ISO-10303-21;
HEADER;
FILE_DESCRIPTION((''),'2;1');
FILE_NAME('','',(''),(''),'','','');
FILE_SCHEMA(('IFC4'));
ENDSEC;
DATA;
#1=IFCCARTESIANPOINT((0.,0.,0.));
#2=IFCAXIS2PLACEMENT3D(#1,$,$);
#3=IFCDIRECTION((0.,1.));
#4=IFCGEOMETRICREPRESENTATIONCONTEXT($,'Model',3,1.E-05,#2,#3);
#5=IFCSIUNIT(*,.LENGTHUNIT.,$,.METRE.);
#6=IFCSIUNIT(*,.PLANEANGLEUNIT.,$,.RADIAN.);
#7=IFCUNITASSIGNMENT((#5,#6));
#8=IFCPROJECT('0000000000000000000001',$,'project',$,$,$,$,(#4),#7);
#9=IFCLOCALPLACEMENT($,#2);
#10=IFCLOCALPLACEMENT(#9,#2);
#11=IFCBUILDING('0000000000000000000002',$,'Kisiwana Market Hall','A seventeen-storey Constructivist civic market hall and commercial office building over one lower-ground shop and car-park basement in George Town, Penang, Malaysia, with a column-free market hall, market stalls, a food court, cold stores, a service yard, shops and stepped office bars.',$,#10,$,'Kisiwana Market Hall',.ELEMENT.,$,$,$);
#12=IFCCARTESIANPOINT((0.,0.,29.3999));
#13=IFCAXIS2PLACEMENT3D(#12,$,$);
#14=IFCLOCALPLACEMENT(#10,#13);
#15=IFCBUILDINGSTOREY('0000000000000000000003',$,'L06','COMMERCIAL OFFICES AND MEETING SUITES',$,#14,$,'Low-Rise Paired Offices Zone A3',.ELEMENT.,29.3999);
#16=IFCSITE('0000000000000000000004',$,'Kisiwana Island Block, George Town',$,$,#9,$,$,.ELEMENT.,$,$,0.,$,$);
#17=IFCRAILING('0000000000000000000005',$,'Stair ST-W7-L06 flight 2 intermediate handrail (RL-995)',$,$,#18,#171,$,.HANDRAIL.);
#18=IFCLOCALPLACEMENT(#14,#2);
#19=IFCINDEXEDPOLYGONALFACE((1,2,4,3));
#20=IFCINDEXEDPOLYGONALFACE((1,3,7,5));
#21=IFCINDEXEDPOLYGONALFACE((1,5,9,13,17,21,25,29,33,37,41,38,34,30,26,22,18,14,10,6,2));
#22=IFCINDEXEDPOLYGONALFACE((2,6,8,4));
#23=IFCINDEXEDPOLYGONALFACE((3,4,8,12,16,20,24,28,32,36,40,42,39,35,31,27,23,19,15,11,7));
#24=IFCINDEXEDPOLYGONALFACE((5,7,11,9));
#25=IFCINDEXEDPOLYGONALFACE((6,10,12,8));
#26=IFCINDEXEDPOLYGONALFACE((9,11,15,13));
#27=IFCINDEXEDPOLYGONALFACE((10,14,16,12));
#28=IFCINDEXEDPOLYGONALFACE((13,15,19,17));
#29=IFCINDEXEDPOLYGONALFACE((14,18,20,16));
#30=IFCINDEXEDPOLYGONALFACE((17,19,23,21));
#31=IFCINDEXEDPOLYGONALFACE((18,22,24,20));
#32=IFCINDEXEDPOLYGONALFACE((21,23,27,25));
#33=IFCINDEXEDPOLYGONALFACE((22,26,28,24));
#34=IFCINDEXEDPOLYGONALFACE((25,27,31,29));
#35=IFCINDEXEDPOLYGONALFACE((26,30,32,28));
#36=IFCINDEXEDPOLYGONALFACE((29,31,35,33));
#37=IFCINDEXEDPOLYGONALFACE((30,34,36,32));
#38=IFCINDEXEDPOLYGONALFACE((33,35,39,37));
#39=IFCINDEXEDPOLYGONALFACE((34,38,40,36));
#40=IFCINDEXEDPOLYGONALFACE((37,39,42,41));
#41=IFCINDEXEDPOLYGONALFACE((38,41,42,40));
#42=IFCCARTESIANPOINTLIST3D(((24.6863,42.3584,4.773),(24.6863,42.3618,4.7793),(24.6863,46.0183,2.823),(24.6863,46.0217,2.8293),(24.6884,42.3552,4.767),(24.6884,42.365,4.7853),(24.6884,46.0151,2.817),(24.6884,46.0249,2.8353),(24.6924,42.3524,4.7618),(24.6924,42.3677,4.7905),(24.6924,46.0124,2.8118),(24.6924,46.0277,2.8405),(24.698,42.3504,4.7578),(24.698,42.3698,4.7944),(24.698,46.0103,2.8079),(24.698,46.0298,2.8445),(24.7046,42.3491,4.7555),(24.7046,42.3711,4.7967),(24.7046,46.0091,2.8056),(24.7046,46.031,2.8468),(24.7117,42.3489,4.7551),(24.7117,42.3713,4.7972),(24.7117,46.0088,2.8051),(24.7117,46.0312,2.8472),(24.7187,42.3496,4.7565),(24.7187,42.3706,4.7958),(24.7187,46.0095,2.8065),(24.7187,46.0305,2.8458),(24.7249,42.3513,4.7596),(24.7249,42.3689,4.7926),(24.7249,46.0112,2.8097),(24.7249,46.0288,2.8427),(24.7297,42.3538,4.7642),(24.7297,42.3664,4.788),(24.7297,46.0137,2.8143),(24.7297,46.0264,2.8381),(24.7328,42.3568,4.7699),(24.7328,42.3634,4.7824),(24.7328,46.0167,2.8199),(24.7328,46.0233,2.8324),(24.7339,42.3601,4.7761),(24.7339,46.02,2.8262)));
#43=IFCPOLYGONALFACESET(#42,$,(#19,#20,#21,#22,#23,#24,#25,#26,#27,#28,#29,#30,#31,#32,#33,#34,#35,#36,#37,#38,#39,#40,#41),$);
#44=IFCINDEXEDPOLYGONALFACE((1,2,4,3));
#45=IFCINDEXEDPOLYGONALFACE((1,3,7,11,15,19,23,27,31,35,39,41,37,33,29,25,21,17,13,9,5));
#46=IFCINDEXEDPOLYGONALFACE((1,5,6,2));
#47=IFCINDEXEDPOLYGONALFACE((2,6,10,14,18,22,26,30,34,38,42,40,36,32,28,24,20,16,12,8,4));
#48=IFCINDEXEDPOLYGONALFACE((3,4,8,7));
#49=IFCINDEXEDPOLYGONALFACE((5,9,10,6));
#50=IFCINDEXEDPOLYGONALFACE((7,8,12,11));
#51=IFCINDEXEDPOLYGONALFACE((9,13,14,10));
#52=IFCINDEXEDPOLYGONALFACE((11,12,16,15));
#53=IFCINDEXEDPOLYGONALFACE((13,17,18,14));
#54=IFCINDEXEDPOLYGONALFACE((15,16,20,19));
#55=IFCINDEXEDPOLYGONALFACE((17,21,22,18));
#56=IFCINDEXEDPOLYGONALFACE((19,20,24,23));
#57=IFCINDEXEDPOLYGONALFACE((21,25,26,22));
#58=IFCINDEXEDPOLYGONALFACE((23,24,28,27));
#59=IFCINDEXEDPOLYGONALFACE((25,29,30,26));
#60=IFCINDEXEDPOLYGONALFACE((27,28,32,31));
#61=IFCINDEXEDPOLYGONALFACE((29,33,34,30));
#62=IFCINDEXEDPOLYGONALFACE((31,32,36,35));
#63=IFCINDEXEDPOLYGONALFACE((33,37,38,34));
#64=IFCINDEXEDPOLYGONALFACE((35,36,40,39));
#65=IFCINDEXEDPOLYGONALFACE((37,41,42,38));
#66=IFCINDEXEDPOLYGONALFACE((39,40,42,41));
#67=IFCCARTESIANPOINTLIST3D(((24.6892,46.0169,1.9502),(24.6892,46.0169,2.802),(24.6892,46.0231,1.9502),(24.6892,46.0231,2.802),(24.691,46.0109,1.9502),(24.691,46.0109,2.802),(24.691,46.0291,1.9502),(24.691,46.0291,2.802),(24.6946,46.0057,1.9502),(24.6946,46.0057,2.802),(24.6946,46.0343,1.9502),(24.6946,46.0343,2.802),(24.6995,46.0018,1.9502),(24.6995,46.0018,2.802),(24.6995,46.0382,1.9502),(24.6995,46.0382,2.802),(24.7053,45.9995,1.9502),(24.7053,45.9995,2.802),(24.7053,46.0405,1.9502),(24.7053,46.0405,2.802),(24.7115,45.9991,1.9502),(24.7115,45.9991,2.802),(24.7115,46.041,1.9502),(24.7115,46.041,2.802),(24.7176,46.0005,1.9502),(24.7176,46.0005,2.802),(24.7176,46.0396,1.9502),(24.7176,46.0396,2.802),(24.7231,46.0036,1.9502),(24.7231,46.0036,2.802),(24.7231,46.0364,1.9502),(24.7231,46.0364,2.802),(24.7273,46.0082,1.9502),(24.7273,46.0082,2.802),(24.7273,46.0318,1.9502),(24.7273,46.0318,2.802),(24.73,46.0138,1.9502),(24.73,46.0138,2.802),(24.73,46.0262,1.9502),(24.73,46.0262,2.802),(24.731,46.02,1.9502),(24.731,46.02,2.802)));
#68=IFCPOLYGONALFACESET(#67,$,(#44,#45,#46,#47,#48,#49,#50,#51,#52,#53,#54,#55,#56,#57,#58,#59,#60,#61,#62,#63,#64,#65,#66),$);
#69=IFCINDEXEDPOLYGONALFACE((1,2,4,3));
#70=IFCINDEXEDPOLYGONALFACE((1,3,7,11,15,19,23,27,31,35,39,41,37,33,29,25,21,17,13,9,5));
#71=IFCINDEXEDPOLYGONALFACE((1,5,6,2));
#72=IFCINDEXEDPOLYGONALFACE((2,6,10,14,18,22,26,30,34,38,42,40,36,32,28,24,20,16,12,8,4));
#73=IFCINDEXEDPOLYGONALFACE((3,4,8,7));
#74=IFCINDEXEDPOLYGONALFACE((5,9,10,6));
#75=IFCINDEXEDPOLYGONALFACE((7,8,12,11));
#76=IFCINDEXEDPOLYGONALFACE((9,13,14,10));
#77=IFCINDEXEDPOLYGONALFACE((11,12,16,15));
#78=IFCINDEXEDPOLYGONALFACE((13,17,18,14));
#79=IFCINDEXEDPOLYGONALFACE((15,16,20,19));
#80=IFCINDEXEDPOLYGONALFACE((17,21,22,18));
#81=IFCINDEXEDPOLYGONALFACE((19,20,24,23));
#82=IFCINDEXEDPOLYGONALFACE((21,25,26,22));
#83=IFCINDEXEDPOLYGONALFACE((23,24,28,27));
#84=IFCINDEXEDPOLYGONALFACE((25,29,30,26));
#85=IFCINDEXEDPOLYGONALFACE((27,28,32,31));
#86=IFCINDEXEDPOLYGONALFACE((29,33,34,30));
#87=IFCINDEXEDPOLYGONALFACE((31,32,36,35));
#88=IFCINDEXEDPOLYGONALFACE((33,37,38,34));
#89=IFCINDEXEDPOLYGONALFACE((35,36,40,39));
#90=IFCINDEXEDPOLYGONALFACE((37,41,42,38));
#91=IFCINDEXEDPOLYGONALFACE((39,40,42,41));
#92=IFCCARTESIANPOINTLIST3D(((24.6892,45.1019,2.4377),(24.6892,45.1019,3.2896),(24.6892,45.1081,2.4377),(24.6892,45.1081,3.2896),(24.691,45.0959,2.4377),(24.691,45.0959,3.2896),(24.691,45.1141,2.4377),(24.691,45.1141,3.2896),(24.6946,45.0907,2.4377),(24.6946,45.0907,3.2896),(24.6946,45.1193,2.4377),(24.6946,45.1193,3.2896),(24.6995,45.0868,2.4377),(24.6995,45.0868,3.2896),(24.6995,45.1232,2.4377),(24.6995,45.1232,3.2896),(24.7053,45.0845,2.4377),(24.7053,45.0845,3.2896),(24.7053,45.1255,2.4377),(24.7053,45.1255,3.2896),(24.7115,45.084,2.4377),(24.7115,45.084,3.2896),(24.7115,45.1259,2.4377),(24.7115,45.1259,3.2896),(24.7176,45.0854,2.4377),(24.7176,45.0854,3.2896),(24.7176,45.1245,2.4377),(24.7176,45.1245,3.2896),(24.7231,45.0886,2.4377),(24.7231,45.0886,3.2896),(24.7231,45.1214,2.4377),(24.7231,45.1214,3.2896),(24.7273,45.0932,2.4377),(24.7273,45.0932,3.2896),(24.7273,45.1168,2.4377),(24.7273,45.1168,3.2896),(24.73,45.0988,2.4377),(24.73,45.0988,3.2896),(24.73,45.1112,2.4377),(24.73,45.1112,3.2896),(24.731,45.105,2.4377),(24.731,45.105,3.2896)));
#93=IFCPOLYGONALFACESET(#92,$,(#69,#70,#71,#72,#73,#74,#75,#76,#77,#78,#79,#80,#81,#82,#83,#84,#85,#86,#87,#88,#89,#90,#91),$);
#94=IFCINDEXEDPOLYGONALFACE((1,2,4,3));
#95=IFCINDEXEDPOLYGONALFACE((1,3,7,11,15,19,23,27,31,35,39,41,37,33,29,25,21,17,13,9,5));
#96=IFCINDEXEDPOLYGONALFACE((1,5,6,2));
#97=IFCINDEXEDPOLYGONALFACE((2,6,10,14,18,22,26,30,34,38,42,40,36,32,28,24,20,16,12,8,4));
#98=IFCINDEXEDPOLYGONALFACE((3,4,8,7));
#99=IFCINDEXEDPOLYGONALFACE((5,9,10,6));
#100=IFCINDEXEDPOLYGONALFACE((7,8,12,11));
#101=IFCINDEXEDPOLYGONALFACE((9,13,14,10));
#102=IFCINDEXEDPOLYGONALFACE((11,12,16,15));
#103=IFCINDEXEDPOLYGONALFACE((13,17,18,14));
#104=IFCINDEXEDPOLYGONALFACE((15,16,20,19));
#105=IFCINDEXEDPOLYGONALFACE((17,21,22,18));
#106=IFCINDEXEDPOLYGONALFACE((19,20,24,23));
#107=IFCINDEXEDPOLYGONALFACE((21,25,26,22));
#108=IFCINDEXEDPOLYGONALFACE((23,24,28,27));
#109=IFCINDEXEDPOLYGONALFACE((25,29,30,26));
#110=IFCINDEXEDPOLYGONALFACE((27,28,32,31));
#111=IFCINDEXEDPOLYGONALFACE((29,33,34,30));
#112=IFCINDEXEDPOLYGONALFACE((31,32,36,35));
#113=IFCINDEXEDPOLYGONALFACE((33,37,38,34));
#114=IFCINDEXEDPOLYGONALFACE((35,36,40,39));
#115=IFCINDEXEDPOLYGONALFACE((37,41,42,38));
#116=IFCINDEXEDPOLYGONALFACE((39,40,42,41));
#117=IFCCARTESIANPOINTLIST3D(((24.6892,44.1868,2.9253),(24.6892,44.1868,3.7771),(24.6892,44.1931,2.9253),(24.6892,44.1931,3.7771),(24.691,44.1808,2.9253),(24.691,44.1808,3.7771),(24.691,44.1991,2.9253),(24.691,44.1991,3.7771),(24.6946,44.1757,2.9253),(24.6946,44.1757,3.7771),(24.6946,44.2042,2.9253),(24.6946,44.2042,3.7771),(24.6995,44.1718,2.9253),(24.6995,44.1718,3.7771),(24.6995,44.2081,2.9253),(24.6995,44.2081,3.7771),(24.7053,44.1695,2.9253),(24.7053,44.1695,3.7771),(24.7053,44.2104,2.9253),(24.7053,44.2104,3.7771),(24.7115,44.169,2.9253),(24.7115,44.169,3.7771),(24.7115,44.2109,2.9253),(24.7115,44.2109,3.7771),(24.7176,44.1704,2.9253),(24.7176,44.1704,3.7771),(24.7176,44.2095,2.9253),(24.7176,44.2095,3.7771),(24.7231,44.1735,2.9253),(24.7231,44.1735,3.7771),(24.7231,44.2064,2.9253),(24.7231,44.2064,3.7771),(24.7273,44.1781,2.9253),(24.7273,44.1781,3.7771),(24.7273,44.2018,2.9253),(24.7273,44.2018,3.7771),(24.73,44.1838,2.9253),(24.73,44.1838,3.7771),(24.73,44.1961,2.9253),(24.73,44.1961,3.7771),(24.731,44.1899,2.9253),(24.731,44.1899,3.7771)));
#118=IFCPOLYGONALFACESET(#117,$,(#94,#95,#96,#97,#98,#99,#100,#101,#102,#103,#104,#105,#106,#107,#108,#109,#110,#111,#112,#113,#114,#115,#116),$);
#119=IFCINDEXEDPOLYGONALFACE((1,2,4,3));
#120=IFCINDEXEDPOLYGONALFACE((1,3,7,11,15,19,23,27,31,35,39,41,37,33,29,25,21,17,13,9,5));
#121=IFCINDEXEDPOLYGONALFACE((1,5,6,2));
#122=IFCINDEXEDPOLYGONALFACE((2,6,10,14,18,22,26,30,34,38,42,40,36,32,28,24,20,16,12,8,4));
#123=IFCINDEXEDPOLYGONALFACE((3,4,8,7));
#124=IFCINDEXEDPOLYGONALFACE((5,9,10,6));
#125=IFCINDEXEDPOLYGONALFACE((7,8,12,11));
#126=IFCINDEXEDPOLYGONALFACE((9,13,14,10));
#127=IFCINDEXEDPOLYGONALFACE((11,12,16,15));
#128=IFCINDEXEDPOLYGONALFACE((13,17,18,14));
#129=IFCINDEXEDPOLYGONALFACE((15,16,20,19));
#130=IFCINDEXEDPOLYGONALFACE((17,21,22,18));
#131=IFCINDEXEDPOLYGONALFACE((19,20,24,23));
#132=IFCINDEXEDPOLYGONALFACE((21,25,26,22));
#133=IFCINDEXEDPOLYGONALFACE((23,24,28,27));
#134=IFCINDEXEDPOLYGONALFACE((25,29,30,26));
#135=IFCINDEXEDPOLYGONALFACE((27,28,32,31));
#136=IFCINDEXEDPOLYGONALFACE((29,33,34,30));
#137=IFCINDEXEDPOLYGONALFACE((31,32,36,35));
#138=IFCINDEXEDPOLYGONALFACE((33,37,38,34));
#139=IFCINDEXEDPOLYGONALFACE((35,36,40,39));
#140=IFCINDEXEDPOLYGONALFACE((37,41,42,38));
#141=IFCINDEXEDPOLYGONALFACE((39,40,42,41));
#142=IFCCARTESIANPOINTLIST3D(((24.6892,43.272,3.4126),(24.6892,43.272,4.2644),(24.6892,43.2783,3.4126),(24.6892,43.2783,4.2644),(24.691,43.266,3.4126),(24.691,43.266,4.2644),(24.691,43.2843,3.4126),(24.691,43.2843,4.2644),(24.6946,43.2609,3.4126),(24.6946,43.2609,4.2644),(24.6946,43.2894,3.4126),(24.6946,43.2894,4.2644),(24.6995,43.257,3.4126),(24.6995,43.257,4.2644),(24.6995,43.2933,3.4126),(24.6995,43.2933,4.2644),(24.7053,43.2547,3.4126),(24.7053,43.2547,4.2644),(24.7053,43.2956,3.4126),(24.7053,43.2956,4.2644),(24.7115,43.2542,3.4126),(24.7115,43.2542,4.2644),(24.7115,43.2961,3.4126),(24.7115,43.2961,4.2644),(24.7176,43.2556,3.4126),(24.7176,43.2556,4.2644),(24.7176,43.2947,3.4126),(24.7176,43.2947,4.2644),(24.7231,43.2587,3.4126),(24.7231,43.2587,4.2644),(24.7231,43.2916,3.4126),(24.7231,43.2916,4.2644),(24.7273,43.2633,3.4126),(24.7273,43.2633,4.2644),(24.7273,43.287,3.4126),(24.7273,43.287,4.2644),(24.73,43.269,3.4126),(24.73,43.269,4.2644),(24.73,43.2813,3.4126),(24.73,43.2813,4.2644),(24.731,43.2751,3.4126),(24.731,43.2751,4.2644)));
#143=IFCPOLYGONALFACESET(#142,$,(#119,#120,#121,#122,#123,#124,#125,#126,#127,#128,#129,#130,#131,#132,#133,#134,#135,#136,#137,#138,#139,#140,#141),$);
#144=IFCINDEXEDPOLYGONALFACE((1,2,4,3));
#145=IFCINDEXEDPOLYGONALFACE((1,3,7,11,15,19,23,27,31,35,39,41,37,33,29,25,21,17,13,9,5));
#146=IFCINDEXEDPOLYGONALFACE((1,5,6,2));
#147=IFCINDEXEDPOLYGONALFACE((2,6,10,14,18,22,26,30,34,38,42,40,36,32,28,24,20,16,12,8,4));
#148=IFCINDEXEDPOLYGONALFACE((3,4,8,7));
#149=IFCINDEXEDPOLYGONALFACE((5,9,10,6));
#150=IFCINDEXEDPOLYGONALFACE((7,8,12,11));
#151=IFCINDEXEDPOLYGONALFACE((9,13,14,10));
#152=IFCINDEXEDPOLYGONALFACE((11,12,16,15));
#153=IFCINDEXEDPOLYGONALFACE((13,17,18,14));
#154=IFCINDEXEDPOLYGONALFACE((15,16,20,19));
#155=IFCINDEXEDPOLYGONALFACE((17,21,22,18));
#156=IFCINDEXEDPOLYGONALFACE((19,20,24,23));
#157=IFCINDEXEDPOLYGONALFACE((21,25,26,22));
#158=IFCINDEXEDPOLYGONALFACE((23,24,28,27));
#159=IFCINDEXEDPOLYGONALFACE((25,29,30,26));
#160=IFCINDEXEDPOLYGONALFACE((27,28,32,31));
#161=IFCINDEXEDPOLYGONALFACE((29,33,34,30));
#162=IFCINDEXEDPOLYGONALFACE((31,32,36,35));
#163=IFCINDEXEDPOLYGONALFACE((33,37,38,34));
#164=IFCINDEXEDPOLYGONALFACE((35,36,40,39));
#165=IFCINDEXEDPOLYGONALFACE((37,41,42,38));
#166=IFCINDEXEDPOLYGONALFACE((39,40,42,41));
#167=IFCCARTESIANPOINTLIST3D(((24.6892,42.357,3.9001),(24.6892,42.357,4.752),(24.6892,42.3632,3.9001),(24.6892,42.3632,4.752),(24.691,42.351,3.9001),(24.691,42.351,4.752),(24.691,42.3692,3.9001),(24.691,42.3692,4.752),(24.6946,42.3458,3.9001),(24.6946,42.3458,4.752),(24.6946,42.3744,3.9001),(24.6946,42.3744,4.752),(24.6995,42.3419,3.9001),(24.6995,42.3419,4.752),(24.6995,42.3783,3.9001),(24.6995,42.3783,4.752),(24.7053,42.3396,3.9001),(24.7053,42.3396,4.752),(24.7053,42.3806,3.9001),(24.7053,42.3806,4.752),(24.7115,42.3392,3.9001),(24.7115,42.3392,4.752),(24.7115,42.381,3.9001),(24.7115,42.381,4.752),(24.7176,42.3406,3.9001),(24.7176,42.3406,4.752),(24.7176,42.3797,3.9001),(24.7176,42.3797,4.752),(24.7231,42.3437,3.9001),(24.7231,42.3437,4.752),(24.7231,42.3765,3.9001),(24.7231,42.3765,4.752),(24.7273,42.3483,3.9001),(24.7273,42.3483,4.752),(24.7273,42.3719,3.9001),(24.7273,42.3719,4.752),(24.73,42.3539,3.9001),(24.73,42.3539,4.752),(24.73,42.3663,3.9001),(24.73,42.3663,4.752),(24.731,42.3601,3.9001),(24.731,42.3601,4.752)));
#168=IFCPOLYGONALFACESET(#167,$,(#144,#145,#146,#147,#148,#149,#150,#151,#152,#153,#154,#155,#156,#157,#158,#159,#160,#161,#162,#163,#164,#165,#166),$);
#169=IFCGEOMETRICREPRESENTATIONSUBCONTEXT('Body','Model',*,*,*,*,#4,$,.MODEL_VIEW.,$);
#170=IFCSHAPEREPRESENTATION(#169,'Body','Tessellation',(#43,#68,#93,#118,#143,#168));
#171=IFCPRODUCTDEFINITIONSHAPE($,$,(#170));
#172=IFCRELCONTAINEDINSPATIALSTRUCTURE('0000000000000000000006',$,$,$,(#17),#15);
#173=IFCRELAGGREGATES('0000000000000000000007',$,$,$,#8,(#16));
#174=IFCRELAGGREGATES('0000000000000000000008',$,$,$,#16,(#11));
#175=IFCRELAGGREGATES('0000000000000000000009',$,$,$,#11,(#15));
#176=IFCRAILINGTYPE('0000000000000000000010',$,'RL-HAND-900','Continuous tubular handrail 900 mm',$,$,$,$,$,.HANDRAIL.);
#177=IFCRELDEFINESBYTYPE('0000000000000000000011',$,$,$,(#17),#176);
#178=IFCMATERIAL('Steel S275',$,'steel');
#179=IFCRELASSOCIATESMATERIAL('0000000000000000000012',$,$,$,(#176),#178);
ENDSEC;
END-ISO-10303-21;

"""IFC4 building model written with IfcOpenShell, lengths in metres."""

from ifc_helpers import new_model, si_unit, direction, frame, origin, origin_2d, place, context, subcontext, project, spatial, circle, extrude, material, type_object, element, save


model = new_model("IFC4")

# Units and contexts
model_context = context("Model", 3, precision=1e-05, world=origin(), true_north=direction((0.0, 1.0)))
body_context = subcontext(model_context, "Body", "Model", "MODEL_VIEW")
ifc_project = project(units=[si_unit("LENGTHUNIT", "METRE"), si_unit("PLANEANGLEUNIT", "RADIAN")], contexts=[model_context])

# Site, building, storey
site_placement = place(None, origin())
site = spatial("IfcSite", under=ifc_project, at=site_placement, Name="Kisiwana Island Block, George Town", CompositionType="ELEMENT", RefElevation=0.0)
building_placement = place(site_placement, origin())
building = spatial("IfcBuilding", under=site, at=building_placement, Name="Kisiwana Market Hall", Description="A seventeen-storey Constructivist civic market hall and commercial office building over one lower-ground shop and car-park basement in George Town, Penang, Malaysia, with a column-free market hall, market stalls, a food court, cold stores, a service yard, shops and stepped office bars.", LongName="Kisiwana Market Hall", CompositionType="ELEMENT")
storey_placement = place(building_placement, frame((0.0, 0.0, 29.3999)))
storey = spatial("IfcBuildingStorey", under=building, at=storey_placement, Name="L06", Description="COMMERCIAL OFFICES AND MEETING SUITES", LongName="Low-Rise Paired Offices Zone A3", CompositionType="ELEMENT", Elevation=29.3999)

# Railing
ifc_material_1 = material(Name="Steel S275", Category="steel")
railing_type_1 = type_object("IfcRailingType", Name="RL-HAND-900", Description="Continuous tubular handrail 900 mm", PredefinedType="HANDRAIL", material=ifc_material_1)
railing_1_placement = place(storey_placement, frame((24.71, 46.02, 1.9502)))
element("IfcRailing", 1, at=railing_1_placement, inside=storey, type_object=railing_type_1, Name="Stair ST-W7-L06 flight 2 intermediate handrail (RL-995)", PredefinedType="HANDRAIL", context=body_context, shape_type="SweptSolid", body=[
    extrude(circle(Radius=0.0239, at=origin_2d()), frame((0.0, 0.0, 0.876), z_axis=(0.0, -0.882553, 0.470212), x_axis=(1.0, 0.0, 0.0)), (0.0, 0.0, 1.0), 4.147),
    extrude(circle(Radius=0.021, at=origin_2d()), origin(), (0.0, 0.0, 1.0), 0.8518),
    extrude(circle(Radius=0.021, at=origin_2d()), frame((0.0, -0.915, 0.4875)), (0.0, 0.0, 1.0), 0.8518),
    extrude(circle(Radius=0.021, at=origin_2d()), frame((0.0, -1.8301, 0.9751)), (0.0, 0.0, 1.0), 0.8518),
    extrude(circle(Radius=0.021, at=origin_2d()), frame((0.0, -2.7449, 1.4624)), (0.0, 0.0, 1.0), 0.8518),
    extrude(circle(Radius=0.021, at=origin_2d()), frame((0.0, -3.6599, 1.95)), (0.0, 0.0, 1.0), 0.8518),
])

save(model, "model.ifc")
